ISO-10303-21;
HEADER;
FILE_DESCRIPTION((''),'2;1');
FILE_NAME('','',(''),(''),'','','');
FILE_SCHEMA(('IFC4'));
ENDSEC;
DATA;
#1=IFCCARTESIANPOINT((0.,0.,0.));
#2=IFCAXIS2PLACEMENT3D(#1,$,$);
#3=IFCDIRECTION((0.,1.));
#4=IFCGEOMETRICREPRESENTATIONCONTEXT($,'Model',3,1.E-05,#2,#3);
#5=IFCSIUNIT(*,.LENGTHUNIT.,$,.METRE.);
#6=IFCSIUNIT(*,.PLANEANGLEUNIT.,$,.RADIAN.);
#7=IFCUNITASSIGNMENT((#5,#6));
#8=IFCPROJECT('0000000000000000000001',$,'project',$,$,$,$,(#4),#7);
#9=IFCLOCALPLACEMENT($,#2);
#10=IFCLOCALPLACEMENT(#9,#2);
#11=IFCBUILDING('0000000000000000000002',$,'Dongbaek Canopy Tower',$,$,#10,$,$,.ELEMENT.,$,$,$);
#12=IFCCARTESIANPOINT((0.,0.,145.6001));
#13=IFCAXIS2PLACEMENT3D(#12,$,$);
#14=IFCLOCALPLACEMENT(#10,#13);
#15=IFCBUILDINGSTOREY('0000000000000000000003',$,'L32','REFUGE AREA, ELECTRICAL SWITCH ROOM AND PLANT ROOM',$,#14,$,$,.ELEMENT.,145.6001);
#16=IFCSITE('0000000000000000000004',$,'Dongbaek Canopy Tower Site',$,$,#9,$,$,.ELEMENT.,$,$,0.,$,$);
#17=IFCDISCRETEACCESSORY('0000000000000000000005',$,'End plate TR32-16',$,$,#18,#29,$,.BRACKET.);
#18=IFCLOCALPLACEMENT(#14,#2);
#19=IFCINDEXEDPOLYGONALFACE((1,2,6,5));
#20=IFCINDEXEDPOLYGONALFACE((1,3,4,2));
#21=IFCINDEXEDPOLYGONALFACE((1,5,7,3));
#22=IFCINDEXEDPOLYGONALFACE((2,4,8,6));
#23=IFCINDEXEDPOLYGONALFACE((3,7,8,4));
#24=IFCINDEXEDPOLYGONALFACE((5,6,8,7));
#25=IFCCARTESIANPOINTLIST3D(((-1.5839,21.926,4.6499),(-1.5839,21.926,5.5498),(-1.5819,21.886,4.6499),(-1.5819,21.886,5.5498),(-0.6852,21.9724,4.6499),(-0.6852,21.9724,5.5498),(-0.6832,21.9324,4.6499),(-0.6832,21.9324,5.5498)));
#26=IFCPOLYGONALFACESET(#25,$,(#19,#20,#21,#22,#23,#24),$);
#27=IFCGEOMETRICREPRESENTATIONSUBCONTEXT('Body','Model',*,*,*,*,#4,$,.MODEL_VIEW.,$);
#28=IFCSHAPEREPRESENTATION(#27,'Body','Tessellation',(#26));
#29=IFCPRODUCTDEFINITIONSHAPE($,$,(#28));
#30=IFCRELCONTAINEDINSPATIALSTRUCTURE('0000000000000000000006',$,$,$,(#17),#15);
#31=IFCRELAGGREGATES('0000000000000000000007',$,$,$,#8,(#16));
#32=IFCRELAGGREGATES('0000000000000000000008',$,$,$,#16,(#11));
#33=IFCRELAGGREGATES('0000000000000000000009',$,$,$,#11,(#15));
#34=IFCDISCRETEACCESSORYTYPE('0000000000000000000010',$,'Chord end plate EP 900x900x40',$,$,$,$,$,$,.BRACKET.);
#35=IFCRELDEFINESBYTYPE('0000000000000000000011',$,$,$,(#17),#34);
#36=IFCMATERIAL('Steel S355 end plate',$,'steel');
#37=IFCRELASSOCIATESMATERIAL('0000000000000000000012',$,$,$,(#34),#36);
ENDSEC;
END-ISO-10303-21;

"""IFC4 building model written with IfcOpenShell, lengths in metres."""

from ifc_helpers import new_model, si_unit, direction, frame, origin, origin_2d, place, context, subcontext, project, spatial, rectangle, extrude, material, type_object, element, save


model = new_model("IFC4")

# Units and contexts
model_context = context("Model", 3, precision=1e-05, world=origin(), true_north=direction((0.0, 1.0)))
body_context = subcontext(model_context, "Body", "Model", "MODEL_VIEW")
ifc_project = project(units=[si_unit("LENGTHUNIT", "METRE"), si_unit("PLANEANGLEUNIT", "RADIAN")], contexts=[model_context])

# Site, building, storey
site_placement = place(None, origin())
site = spatial("IfcSite", under=ifc_project, at=site_placement, Name="Dongbaek Canopy Tower Site", CompositionType="ELEMENT", RefElevation=0.0)
building_placement = place(site_placement, origin())
building = spatial("IfcBuilding", under=site, at=building_placement, Name="Dongbaek Canopy Tower", CompositionType="ELEMENT")
storey_placement = place(building_placement, frame((0.0, 0.0, 145.6001)))
storey = spatial("IfcBuildingStorey", under=building, at=storey_placement, Name="L32", Description="REFUGE AREA, ELECTRICAL SWITCH ROOM AND PLANT ROOM", CompositionType="ELEMENT", Elevation=145.6001)

# Discrete accessory
ifc_material_1 = material(Name="Steel S355 end plate", Category="steel")
discrete_accessory_type = type_object("IfcDiscreteAccessoryType", Name="Chord end plate EP 900x900x40", PredefinedType="BRACKET", material=ifc_material_1)
for number, where, z_axis, x_axis, name in (
    (1, (-1.1335, 21.9292, 4.6499), (0.0, 0.0, 1.0), (-0.05162, 0.998667, 0.0), "End plate TR32-16"),
):
    element("IfcDiscreteAccessory", number, at=place(storey_placement, frame(where, z_axis=z_axis, x_axis=x_axis)), inside=storey, type_object=discrete_accessory_type, Name=name, PredefinedType="BRACKET", context=body_context, shape_type="SweptSolid", body=[
        extrude(rectangle(XDim=0.04, YDim=0.8999, at=origin_2d()), origin(), (0.0, 0.0, 1.0), 0.8999),
    ])

save(model, "model.ifc")
